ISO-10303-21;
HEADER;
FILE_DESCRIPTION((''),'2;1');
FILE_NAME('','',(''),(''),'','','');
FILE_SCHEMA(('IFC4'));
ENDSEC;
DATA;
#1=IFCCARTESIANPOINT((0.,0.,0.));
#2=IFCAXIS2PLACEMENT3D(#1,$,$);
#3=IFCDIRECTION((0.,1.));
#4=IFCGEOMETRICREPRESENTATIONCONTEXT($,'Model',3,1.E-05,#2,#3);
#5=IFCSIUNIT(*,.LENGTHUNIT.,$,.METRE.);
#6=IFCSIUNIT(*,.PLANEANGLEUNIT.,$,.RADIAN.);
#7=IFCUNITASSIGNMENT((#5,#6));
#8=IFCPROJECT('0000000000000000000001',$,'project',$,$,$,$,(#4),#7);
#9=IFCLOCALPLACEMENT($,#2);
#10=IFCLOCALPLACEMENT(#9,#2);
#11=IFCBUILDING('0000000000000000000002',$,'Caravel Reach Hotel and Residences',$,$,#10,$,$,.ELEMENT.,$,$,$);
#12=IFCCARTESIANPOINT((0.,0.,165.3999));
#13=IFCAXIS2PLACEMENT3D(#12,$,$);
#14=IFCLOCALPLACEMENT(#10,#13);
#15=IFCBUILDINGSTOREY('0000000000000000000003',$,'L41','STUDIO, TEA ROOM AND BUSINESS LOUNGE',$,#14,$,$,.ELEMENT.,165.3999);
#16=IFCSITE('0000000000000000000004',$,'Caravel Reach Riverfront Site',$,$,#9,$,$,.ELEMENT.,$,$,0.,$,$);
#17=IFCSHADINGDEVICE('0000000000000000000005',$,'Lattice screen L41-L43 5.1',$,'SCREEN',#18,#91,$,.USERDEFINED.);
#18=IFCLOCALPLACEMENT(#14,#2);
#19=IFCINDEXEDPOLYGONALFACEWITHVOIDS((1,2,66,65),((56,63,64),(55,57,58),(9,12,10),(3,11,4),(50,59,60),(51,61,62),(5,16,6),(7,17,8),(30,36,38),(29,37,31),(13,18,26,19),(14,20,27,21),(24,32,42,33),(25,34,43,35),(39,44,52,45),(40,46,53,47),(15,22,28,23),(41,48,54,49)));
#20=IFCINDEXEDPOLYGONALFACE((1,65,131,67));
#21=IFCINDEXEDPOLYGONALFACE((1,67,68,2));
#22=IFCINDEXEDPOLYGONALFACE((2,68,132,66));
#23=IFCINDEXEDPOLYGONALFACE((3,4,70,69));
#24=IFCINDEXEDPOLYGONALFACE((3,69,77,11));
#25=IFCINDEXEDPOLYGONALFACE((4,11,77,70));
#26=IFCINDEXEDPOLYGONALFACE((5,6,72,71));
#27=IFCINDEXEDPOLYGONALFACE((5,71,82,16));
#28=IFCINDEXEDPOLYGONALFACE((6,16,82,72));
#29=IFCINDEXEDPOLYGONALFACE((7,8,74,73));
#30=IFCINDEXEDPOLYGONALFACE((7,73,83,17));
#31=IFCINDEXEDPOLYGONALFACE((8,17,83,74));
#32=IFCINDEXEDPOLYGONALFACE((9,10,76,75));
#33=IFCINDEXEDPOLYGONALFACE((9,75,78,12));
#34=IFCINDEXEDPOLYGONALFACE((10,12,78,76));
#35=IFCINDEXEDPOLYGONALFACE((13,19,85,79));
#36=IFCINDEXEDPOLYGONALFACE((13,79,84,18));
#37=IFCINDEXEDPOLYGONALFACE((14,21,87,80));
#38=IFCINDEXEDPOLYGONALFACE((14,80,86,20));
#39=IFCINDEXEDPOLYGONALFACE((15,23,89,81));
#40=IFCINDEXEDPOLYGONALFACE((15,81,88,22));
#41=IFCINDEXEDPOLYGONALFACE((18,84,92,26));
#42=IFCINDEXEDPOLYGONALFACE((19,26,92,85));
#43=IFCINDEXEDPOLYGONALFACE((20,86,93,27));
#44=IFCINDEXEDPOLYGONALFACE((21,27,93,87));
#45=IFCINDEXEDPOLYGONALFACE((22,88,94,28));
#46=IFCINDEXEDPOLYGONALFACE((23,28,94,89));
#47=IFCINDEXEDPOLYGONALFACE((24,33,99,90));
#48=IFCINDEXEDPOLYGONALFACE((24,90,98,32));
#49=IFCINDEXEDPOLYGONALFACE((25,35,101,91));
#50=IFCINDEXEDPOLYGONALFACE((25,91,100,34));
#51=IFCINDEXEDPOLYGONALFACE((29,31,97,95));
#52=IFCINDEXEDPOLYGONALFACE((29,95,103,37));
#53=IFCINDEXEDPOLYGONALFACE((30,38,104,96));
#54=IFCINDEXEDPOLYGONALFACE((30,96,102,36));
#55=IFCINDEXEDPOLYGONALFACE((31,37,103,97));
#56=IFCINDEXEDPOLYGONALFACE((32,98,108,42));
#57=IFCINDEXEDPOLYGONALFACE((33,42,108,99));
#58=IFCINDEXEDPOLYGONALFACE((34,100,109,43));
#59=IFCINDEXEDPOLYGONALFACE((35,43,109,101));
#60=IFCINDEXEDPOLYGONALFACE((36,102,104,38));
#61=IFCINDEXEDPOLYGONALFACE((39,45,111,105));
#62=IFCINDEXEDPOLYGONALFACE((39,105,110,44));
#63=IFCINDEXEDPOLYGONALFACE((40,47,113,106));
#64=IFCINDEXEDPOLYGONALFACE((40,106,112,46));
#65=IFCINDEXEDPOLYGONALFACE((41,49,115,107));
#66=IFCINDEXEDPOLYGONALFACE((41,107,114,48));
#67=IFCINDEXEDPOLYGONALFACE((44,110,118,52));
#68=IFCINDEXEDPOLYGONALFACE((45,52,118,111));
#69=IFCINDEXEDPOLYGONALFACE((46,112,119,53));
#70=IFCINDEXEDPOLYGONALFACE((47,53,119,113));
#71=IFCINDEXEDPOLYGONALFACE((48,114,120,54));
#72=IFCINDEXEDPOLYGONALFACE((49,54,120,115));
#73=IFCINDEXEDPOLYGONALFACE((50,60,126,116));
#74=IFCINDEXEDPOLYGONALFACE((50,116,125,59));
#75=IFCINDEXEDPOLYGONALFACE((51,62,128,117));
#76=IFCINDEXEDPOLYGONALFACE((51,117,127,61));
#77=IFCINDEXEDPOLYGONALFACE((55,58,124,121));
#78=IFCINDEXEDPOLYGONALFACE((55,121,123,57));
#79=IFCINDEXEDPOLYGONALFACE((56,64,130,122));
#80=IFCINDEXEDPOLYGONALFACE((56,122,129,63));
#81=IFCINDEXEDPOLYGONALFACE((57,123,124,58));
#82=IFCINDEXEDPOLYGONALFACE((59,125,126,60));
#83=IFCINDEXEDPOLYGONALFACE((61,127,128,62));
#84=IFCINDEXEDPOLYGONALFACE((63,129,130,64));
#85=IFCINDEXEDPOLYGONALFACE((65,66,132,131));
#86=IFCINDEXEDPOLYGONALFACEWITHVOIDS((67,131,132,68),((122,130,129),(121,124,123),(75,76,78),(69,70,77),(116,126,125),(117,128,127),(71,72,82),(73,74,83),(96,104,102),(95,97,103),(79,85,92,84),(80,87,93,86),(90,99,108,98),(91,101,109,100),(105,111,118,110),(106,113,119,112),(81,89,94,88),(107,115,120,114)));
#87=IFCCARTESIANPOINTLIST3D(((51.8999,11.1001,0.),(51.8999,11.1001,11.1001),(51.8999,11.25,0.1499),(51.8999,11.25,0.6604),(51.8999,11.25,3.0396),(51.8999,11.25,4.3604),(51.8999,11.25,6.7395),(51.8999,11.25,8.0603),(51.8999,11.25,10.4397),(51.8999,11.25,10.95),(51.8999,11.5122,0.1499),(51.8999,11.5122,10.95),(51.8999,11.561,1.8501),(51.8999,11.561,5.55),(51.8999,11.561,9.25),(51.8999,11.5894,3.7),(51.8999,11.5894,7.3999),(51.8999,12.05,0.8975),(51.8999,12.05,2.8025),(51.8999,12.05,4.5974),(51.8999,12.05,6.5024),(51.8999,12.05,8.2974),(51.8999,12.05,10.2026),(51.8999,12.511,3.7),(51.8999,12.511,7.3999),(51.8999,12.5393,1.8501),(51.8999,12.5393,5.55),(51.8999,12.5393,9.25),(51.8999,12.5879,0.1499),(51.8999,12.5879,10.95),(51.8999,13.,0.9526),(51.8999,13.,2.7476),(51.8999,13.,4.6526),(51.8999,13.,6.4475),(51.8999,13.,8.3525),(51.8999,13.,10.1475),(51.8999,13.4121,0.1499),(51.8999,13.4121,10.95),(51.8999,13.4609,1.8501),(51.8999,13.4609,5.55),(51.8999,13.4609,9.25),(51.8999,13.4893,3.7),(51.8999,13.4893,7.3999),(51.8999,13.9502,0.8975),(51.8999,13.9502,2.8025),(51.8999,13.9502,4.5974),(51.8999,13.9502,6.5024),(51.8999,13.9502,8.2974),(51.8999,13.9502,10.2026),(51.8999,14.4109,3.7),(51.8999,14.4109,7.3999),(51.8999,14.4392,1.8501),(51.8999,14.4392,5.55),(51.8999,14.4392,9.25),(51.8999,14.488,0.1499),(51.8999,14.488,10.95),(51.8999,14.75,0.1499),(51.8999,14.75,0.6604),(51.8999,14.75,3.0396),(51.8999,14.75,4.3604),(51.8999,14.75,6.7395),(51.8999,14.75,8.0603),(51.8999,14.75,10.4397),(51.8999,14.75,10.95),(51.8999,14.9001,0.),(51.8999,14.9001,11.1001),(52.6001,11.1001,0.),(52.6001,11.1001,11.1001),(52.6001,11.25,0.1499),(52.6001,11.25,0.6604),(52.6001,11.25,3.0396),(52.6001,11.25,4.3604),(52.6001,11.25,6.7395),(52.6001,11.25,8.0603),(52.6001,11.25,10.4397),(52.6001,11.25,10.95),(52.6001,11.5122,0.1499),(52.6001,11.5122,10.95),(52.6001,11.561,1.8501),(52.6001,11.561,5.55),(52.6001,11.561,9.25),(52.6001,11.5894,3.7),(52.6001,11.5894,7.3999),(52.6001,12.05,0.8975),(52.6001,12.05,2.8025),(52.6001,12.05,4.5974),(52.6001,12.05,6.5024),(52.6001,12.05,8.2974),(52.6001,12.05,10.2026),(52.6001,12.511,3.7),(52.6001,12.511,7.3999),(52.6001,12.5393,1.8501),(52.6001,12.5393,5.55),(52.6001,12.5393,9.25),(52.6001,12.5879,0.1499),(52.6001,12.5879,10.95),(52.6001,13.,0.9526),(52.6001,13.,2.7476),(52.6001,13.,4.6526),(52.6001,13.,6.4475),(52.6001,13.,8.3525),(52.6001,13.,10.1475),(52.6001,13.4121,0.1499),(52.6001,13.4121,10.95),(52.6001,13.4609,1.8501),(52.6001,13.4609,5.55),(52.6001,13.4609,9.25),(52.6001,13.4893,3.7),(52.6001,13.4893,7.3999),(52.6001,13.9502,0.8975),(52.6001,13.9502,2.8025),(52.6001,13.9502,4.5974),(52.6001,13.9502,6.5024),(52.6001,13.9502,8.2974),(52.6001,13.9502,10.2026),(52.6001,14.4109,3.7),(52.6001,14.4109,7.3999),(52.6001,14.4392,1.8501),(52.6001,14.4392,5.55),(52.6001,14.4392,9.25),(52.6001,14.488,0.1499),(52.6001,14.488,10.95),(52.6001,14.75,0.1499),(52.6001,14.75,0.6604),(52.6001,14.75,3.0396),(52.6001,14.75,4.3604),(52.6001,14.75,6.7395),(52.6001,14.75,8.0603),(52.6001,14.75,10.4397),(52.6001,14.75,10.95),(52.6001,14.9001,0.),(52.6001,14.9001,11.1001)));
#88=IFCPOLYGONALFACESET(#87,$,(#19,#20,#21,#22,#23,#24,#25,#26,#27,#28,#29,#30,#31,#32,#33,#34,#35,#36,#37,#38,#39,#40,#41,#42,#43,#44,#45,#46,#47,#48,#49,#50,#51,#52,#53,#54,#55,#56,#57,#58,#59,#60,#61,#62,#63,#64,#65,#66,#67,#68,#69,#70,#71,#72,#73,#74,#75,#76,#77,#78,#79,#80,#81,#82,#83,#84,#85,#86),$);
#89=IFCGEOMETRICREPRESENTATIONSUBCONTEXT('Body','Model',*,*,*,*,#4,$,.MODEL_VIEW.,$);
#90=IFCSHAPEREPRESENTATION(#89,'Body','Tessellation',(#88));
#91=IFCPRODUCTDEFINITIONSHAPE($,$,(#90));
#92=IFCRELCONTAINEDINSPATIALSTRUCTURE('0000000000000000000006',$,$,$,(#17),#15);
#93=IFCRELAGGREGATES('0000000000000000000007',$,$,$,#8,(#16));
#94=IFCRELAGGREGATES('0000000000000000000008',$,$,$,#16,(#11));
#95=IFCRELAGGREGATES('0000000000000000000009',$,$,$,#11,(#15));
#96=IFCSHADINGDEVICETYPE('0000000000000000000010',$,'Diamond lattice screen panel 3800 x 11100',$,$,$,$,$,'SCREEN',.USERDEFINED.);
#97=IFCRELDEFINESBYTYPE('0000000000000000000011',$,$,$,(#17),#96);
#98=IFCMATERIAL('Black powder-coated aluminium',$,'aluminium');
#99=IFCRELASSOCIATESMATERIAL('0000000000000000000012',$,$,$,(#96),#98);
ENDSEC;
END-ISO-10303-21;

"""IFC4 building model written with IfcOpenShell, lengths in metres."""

from ifc_helpers import new_model, si_unit, direction, frame, origin, place, context, subcontext, project, spatial, polyline, outline, extrude, material, type_object, element, save


model = new_model("IFC4")

# Units and contexts
model_context = context("Model", 3, precision=1e-05, world=origin(), true_north=direction((0.0, 1.0)))
body_context = subcontext(model_context, "Body", "Model", "MODEL_VIEW")
ifc_project = project(units=[si_unit("LENGTHUNIT", "METRE"), si_unit("PLANEANGLEUNIT", "RADIAN")], contexts=[model_context])

# Site, building, storey
site_placement = place(None, origin())
site = spatial("IfcSite", under=ifc_project, at=site_placement, Name="Caravel Reach Riverfront Site", CompositionType="ELEMENT", RefElevation=0.0)
building_placement = place(site_placement, origin())
building = spatial("IfcBuilding", under=site, at=building_placement, Name="Caravel Reach Hotel and Residences", CompositionType="ELEMENT")
storey_placement = place(building_placement, frame((0.0, 0.0, 165.3999)))
storey = spatial("IfcBuildingStorey", under=building, at=storey_placement, Name="L41", Description="STUDIO, TEA ROOM AND BUSINESS LOUNGE", CompositionType="ELEMENT", Elevation=165.3999)

# Shading device
ifc_material_1 = material(Name="Black powder-coated aluminium", Category="aluminium")
shading_device_type_1 = type_object("IfcShadingDeviceType", Name="Diamond lattice screen panel 3800 x 11100", ElementType="SCREEN", PredefinedType="USERDEFINED", material=ifc_material_1)
shading_device_1_placement = place(storey_placement, frame((51.8999, 11.1001, 0.0), z_axis=(1.0, 0.0, 0.0), x_axis=(0.0, 1.0, 0.0)))
element("IfcShadingDevice", 1, at=shading_device_1_placement, inside=storey, type_object=shading_device_type_1, Name="Lattice screen L41-L43 5.1", ObjectType="SCREEN", PredefinedType="USERDEFINED", context=body_context, shape_type="SweptSolid", body=[
    extrude(outline(polyline([(0.0, 0.0), (3.8, 0.0), (3.8, 11.1001), (0.0, 11.1001), (0.0, 0.0)]), holes=[polyline([(0.4121, 0.1499), (0.1499, 0.6604), (0.1499, 0.1499), (0.4121, 0.1499)]), polyline([(0.4893, 3.7), (0.1499, 4.3604), (0.1499, 3.0396), (0.4893, 3.7)]), polyline([(0.4893, 7.3999), (0.1499, 8.0603), (0.1499, 6.7395), (0.4893, 7.3999)]), polyline([(0.1499, 10.4397), (0.4121, 10.95), (0.1499, 10.95), (0.1499, 10.4397)]), polyline([(0.95, 2.8025), (0.4609, 1.8501), (0.95, 0.8975), (1.4392, 1.8501), (0.95, 2.8025)]), polyline([(0.95, 6.5024), (0.4609, 5.55), (0.95, 4.5974), (1.4392, 5.55), (0.95, 6.5024)]), polyline([(0.95, 10.2026), (0.4609, 9.25), (0.95, 8.2974), (1.4392, 9.25), (0.95, 10.2026)]), polyline([(1.8999, 0.9526), (1.4878, 0.1499), (2.312, 0.1499), (1.8999, 0.9526)]), polyline([(1.8999, 4.6526), (1.4109, 3.7), (1.8999, 2.7476), (2.3892, 3.7), (1.8999, 4.6526)]), polyline([(1.8999, 8.3525), (1.4109, 7.3999), (1.8999, 6.4475), (2.3892, 7.3999), (1.8999, 8.3525)]), polyline([(1.8999, 10.1475), (2.312, 10.95), (1.4878, 10.95), (1.8999, 10.1475)]), polyline([(2.8501, 2.8025), (2.3608, 1.8501), (2.8501, 0.8975), (3.3391, 1.8501), (2.8501, 2.8025)]), polyline([(2.8501, 6.5024), (2.3608, 5.55), (2.8501, 4.5974), (3.3391, 5.55), (2.8501, 6.5024)]), polyline([(2.8501, 10.2026), (2.3608, 9.25), (2.8501, 8.2974), (3.3391, 9.25), (2.8501, 10.2026)]), polyline([(3.6499, 0.6604), (3.3879, 0.1499), (3.6499, 0.1499), (3.6499, 0.6604)]), polyline([(3.3108, 3.7), (3.6499, 3.0396), (3.6499, 4.3604), (3.3108, 3.7)]), polyline([(3.3108, 7.3999), (3.6499, 6.7395), (3.6499, 8.0603), (3.3108, 7.3999)]), polyline([(3.3879, 10.95), (3.6499, 10.4397), (3.6499, 10.95), (3.3879, 10.95)])]), origin(), (0.0, 0.0, 1.0), 0.7002),
])

save(model, "model.ifc")
